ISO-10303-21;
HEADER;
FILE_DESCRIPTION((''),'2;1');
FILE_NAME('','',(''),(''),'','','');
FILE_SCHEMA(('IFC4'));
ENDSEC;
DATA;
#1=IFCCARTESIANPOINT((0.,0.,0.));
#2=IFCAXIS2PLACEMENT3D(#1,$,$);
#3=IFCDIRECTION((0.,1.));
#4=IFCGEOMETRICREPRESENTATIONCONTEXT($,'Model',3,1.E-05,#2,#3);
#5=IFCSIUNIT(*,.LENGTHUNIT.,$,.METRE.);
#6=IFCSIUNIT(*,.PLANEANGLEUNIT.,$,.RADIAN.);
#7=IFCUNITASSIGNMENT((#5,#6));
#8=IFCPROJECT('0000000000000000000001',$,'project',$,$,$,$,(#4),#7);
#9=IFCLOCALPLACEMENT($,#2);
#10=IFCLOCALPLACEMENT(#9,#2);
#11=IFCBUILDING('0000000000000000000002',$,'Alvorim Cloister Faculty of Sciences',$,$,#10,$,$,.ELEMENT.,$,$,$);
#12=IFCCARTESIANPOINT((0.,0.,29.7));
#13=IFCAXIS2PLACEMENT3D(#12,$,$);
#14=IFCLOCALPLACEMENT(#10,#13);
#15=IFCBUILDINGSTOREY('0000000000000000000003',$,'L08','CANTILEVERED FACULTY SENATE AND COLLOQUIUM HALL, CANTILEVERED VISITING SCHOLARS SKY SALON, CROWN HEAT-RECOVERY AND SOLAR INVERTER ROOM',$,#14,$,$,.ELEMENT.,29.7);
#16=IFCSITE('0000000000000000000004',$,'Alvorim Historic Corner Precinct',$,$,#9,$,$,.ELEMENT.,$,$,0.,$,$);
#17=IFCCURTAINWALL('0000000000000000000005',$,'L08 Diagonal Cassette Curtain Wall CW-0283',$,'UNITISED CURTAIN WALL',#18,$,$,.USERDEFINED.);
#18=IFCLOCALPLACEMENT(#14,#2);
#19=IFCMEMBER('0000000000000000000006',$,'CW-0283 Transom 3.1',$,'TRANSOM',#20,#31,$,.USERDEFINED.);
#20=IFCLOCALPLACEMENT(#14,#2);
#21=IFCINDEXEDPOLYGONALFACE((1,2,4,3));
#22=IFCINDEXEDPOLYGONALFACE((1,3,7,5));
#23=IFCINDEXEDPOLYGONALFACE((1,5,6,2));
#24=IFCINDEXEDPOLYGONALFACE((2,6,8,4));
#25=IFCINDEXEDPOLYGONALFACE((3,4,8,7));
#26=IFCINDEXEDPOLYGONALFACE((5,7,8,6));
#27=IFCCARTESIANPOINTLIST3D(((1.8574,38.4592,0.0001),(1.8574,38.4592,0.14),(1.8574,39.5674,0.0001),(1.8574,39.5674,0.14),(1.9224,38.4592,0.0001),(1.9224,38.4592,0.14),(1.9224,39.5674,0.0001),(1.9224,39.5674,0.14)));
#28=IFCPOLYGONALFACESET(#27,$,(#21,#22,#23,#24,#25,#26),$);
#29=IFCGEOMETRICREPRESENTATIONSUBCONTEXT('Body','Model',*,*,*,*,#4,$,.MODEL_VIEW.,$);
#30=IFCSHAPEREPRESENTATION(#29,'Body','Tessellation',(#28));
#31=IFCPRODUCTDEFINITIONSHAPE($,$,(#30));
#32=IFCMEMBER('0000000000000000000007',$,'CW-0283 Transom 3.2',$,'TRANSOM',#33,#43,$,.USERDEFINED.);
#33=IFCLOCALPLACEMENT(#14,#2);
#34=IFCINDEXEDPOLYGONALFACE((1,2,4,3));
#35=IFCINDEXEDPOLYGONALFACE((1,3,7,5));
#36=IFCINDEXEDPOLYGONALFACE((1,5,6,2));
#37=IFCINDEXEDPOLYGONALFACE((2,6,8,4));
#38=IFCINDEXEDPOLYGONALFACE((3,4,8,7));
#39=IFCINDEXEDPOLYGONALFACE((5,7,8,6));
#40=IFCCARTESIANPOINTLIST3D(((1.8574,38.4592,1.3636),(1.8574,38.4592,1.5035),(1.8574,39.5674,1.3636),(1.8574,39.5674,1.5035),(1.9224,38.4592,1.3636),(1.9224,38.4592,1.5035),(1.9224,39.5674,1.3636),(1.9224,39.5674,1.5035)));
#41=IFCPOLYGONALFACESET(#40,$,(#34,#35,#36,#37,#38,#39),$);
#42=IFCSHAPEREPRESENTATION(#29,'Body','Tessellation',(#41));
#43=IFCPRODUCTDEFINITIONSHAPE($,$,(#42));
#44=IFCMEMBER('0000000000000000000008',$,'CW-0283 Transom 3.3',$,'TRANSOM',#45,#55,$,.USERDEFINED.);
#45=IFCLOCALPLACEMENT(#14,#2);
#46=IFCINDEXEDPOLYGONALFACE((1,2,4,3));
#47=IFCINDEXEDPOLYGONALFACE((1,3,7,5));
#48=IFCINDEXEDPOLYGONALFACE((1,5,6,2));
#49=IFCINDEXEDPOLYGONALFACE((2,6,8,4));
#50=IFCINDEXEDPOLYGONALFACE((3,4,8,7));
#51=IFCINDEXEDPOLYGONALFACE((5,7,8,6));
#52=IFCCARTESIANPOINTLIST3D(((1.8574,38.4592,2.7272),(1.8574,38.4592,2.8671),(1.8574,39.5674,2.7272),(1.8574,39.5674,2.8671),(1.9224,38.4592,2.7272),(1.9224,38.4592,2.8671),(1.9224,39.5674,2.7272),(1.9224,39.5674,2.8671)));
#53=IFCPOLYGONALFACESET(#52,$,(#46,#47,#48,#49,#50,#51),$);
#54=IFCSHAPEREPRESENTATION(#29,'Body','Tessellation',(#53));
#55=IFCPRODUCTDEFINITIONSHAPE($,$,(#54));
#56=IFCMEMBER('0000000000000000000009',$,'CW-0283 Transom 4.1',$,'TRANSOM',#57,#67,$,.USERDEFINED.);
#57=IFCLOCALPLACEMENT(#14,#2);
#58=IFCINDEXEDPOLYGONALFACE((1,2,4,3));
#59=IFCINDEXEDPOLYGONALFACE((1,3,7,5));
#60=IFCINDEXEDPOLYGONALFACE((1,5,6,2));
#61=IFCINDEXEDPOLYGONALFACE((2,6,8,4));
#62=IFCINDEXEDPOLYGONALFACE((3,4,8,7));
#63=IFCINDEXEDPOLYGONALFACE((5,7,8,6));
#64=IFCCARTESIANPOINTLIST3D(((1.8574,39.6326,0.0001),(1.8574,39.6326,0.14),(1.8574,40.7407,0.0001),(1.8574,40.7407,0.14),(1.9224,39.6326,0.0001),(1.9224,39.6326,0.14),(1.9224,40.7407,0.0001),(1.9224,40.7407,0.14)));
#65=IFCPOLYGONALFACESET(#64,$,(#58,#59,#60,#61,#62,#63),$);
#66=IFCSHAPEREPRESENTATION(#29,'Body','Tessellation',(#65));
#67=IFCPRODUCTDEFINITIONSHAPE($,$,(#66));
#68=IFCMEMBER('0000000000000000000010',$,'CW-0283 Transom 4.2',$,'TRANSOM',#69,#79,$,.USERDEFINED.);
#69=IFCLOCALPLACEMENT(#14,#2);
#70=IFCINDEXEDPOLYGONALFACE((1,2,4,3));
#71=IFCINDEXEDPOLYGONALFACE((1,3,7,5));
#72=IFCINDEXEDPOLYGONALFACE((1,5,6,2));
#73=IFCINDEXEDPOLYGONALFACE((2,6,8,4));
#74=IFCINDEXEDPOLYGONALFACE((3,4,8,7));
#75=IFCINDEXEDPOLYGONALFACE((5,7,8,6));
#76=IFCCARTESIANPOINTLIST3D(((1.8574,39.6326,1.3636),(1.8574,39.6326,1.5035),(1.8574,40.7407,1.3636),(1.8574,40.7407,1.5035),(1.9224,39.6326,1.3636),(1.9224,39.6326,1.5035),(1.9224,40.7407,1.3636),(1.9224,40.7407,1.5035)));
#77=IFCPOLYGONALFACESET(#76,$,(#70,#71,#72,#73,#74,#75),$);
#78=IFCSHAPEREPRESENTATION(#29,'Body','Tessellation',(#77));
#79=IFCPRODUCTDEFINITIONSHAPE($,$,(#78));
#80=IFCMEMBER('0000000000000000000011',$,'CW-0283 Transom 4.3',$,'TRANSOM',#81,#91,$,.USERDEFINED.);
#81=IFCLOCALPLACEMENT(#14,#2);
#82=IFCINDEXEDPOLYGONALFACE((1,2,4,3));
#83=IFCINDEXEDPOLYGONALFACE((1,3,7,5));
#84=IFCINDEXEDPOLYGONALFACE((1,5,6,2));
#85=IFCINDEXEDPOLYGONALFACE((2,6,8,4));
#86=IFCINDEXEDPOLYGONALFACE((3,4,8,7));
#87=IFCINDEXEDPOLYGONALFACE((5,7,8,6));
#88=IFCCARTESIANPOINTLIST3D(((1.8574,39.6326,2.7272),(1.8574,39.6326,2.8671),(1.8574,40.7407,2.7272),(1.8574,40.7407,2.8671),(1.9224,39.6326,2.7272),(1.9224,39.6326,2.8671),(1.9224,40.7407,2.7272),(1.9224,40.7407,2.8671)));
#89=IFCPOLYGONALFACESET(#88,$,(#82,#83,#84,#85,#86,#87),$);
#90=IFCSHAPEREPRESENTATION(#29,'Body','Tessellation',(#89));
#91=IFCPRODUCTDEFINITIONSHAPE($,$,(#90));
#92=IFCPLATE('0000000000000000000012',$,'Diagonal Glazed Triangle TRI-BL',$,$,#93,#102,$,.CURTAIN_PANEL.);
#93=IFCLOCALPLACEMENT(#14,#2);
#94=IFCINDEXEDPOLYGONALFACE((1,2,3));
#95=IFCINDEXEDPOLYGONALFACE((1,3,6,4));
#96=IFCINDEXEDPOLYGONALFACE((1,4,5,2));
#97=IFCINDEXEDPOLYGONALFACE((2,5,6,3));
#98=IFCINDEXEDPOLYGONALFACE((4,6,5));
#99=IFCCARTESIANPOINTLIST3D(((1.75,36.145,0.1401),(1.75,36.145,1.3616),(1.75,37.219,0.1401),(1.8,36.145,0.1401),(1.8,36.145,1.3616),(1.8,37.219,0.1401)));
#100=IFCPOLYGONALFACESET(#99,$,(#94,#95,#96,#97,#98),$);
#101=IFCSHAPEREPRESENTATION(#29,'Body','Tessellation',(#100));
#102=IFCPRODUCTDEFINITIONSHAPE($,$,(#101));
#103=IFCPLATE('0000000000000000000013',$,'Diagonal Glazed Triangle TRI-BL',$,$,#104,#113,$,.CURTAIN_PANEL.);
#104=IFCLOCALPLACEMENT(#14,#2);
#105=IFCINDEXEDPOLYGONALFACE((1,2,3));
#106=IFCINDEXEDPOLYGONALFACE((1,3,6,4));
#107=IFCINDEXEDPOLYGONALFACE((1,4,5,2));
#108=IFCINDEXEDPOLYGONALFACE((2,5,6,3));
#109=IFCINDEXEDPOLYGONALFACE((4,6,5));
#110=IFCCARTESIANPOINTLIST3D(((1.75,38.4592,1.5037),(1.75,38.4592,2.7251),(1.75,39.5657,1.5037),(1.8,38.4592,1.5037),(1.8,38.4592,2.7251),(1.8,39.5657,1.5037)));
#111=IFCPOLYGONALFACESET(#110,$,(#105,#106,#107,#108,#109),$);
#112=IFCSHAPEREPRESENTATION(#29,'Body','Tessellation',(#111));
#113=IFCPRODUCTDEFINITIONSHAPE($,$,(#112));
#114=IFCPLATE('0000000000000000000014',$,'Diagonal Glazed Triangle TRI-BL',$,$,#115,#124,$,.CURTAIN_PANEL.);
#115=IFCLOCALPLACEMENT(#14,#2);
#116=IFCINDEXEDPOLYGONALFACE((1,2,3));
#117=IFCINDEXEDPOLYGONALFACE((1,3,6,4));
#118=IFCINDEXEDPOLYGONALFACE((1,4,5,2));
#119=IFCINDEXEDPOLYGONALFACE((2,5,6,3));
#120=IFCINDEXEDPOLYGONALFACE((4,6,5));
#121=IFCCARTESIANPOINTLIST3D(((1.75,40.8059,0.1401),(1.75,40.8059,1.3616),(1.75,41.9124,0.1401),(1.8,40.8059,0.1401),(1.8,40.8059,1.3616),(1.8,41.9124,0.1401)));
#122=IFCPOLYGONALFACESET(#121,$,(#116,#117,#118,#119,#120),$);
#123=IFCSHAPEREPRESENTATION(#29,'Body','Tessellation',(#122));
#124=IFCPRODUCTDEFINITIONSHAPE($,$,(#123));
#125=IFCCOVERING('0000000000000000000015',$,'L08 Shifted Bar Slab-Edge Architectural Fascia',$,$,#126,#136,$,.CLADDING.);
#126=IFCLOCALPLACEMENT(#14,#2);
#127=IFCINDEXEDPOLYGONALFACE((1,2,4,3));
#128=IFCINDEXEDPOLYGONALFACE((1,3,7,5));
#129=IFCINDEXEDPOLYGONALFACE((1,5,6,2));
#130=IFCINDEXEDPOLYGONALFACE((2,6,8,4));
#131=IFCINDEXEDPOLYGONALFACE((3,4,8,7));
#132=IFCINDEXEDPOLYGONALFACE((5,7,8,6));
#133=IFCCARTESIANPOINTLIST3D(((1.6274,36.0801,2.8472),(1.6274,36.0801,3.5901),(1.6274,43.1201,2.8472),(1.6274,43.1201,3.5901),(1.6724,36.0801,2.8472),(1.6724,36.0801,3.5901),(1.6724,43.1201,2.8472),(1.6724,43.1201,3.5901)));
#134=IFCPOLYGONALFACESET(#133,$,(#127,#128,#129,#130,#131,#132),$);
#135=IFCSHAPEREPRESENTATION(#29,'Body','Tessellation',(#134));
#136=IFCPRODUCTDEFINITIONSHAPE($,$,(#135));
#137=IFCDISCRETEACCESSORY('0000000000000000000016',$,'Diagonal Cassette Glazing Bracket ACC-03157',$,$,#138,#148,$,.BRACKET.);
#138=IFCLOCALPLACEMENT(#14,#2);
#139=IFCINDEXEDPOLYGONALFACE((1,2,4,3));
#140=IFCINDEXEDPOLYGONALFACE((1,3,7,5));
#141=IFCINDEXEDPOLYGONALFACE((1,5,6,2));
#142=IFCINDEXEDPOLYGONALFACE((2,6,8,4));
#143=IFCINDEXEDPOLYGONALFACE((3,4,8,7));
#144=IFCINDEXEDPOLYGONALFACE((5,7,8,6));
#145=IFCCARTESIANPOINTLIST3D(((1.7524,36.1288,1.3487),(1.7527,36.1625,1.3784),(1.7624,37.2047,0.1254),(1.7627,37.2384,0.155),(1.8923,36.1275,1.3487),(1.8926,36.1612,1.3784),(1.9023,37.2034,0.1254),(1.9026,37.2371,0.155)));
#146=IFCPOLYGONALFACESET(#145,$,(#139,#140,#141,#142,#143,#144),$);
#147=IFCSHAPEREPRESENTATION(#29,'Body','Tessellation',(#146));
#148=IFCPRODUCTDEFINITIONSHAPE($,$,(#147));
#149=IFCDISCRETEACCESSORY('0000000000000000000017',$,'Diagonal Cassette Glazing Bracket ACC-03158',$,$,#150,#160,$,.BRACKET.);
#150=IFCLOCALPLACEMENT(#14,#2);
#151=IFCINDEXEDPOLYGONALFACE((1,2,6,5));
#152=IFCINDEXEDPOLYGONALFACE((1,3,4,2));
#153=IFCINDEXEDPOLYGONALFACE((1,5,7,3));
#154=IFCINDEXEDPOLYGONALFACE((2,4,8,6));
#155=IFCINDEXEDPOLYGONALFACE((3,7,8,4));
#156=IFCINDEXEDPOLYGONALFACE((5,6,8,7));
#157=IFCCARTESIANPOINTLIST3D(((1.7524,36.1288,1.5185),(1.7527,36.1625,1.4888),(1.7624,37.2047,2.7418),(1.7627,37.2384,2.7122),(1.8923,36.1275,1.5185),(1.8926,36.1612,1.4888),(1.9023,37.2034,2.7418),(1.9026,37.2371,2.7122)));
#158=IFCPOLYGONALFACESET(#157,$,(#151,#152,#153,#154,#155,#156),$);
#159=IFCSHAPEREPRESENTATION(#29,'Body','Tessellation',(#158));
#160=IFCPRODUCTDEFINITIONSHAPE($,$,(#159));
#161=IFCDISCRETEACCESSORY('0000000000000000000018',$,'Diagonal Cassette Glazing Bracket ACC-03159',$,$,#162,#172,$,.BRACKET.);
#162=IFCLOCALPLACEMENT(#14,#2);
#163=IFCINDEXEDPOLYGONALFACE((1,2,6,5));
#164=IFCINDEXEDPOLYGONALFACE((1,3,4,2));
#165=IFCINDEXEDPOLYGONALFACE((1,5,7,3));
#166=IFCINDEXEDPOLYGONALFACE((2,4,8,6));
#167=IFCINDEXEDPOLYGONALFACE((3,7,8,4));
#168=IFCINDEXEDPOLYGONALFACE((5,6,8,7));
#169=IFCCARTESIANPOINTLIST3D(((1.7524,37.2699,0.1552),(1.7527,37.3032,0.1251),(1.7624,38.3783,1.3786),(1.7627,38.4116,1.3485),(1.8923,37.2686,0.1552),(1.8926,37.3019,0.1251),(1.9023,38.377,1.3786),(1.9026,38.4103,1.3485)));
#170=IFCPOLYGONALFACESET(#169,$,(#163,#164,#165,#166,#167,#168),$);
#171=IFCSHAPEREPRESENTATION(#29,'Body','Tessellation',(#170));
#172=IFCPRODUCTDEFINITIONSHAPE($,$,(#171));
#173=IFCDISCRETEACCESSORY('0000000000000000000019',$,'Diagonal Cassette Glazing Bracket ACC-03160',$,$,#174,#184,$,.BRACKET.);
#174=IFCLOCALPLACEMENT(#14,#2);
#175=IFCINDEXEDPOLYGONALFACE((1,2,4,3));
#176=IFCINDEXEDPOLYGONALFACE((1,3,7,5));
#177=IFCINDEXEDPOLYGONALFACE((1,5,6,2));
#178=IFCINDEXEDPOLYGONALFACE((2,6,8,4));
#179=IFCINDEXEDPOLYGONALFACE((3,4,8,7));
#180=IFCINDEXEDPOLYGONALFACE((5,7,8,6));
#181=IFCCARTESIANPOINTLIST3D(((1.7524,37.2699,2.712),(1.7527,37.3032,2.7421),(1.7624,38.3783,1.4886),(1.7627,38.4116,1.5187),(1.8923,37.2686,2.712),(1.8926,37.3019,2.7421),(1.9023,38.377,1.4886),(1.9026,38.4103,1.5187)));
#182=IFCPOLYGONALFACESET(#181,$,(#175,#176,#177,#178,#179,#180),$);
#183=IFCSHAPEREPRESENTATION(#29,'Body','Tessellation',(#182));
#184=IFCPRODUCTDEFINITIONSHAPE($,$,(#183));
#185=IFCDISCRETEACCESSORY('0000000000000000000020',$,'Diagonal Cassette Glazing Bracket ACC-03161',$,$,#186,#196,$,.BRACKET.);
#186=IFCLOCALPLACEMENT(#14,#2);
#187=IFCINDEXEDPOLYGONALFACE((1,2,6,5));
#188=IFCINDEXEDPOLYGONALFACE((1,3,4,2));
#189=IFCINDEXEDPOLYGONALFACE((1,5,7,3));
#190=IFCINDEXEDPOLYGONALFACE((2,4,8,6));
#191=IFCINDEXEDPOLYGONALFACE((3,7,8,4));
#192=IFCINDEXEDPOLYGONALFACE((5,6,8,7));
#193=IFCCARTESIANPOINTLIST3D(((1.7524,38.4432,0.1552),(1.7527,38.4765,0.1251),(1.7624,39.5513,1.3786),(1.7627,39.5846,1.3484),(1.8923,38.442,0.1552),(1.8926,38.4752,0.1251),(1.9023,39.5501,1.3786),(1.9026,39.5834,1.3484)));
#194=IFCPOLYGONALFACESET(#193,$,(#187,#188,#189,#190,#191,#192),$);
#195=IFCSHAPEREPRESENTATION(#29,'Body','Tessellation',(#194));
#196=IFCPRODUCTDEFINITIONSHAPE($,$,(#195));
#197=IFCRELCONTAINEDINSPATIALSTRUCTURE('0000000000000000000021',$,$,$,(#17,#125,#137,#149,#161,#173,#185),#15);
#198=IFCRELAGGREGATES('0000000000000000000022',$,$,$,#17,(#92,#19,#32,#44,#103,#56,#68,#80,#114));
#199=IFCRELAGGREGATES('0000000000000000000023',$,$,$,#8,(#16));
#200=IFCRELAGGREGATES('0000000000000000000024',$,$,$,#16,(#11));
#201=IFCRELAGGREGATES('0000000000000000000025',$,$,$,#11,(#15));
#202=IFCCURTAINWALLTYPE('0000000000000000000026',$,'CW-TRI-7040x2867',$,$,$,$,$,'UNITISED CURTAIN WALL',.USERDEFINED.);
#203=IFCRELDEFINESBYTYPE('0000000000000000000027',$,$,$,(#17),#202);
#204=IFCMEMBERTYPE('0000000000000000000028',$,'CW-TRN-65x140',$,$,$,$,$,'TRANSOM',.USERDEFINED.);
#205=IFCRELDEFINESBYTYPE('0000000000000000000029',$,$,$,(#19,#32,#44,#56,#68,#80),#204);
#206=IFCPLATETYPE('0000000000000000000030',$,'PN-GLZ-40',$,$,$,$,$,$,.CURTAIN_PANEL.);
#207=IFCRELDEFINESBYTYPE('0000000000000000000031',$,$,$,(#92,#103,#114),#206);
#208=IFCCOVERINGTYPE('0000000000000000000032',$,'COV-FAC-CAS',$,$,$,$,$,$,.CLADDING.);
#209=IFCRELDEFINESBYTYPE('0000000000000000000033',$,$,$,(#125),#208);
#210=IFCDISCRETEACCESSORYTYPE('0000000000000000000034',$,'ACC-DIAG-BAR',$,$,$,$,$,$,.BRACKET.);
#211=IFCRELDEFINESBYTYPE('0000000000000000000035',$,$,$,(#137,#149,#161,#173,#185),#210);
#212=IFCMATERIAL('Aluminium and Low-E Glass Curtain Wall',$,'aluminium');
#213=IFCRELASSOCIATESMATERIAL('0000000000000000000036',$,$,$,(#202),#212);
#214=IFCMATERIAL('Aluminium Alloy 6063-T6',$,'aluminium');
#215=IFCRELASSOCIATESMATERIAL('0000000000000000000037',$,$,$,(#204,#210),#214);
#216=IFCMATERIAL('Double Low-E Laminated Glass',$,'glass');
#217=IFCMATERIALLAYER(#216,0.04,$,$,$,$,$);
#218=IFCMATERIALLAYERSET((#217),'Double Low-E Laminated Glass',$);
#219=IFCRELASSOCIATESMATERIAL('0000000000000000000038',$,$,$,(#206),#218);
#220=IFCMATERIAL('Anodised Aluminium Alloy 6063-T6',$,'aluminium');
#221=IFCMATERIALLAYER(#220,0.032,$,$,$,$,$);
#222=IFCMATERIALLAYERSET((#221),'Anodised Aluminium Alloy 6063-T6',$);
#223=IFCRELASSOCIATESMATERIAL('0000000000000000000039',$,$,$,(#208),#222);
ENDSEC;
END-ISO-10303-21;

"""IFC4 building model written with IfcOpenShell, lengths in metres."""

from ifc_helpers import new_model, si_unit, direction, frame, origin, origin_2d, place, context, subcontext, project, spatial, polyline, rectangle, outline, extrude, material, layer, layer_set, material_profile, profile_set, type_object, element, aggregate, save


model = new_model("IFC4")

# Units and contexts
model_context = context("Model", 3, precision=1e-05, world=origin(), true_north=direction((0.0, 1.0)))
body_context = subcontext(model_context, "Body", "Model", "MODEL_VIEW")
ifc_project = project(units=[si_unit("LENGTHUNIT", "METRE"), si_unit("PLANEANGLEUNIT", "RADIAN")], contexts=[model_context])

# Site, building, storey
site_placement = place(None, origin())
site = spatial("IfcSite", under=ifc_project, at=site_placement, Name="Alvorim Historic Corner Precinct", CompositionType="ELEMENT", RefElevation=0.0)
building_placement = place(site_placement, origin())
building = spatial("IfcBuilding", under=site, at=building_placement, Name="Alvorim Cloister Faculty of Sciences", CompositionType="ELEMENT")
storey_placement = place(building_placement, frame((0.0, 0.0, 29.7)))
storey = spatial("IfcBuildingStorey", under=building, at=storey_placement, Name="L08", Description="CANTILEVERED FACULTY SENATE AND COLLOQUIUM HALL, CANTILEVERED VISITING SCHOLARS SKY SALON, CROWN HEAT-RECOVERY AND SOLAR INVERTER ROOM", CompositionType="ELEMENT", Elevation=29.7)

# Curtain wall, members, plates
ifc_material_1 = material(Name="Aluminium and Low-E Glass Curtain Wall", Category="aluminium")
curtain_wall_type = type_object("IfcCurtainWallType", Name="CW-TRI-7040x2867", ElementType="UNITISED CURTAIN WALL", PredefinedType="USERDEFINED", material=ifc_material_1)
curtain_wall_placement = place(storey_placement, origin())
curtain_wall = element("IfcCurtainWall", 1, at=curtain_wall_placement, inside=storey, type_object=curtain_wall_type, Name="L08 Diagonal Cassette Curtain Wall CW-0283", ObjectType="UNITISED CURTAIN WALL", PredefinedType="USERDEFINED")
ifc_material_2 = material(Name="Aluminium Alloy 6063-T6", Category="aluminium")
ifc_material_profile_1 = material_profile(ifc_material_2, rectangle(XDim=0.0649, YDim=0.1399, at=origin_2d()), Name="ALU-TRN-65x140")
ifc_profile_set_1 = profile_set([ifc_material_profile_1], Name="Aluminium Alloy 6063-T6")
member_type_1 = type_object("IfcMemberType", Name="CW-TRN-65x140", ElementType="TRANSOM", PredefinedType="USERDEFINED", material=ifc_profile_set_1)
member_1_placement = place(storey_placement, frame((1.8899, 38.4592, 0.0701), z_axis=(0.0, 1.0, 0.0), x_axis=(-1.0, 0.0, 0.0)))
member_1 = element("IfcMember", 2, at=member_1_placement, type_object=member_type_1, Name="CW-0283 Transom 3.1", ObjectType="TRANSOM", PredefinedType="USERDEFINED", context=body_context, shape_type="SweptSolid", body=[
    extrude(rectangle(XDim=0.0649, YDim=0.1399, at=origin_2d()), origin(), (0.0, 0.0, 1.0), 1.1082),
])
member_2_placement = place(storey_placement, frame((1.8899, 38.4592, 1.4336), z_axis=(0.0, 1.0, 0.0), x_axis=(-1.0, 0.0, 0.0)))
member_2 = element("IfcMember", 3, at=member_2_placement, type_object=member_type_1, Name="CW-0283 Transom 3.2", ObjectType="TRANSOM", PredefinedType="USERDEFINED", context=body_context, shape_type="SweptSolid", body=[
    extrude(rectangle(XDim=0.0649, YDim=0.1399, at=origin_2d()), origin(), (0.0, 0.0, 1.0), 1.1082),
])
member_3_placement = place(storey_placement, frame((1.8899, 38.4592, 2.7971), z_axis=(0.0, 1.0, 0.0), x_axis=(-1.0, 0.0, 0.0)))
member_3 = element("IfcMember", 4, at=member_3_placement, type_object=member_type_1, Name="CW-0283 Transom 3.3", ObjectType="TRANSOM", PredefinedType="USERDEFINED", context=body_context, shape_type="SweptSolid", body=[
    extrude(rectangle(XDim=0.0649, YDim=0.1399, at=origin_2d()), origin(), (0.0, 0.0, 1.0), 1.1082),
])
member_4_placement = place(storey_placement, frame((1.8899, 39.6326, 0.0701), z_axis=(0.0, 1.0, 0.0), x_axis=(-1.0, 0.0, 0.0)))
member_4 = element("IfcMember", 5, at=member_4_placement, type_object=member_type_1, Name="CW-0283 Transom 4.1", ObjectType="TRANSOM", PredefinedType="USERDEFINED", context=body_context, shape_type="SweptSolid", body=[
    extrude(rectangle(XDim=0.0649, YDim=0.1399, at=origin_2d()), origin(), (0.0, 0.0, 1.0), 1.1082),
])
member_5_placement = place(storey_placement, frame((1.8899, 39.6326, 1.4336), z_axis=(0.0, 1.0, 0.0), x_axis=(-1.0, 0.0, 0.0)))
member_5 = element("IfcMember", 6, at=member_5_placement, type_object=member_type_1, Name="CW-0283 Transom 4.2", ObjectType="TRANSOM", PredefinedType="USERDEFINED", context=body_context, shape_type="SweptSolid", body=[
    extrude(rectangle(XDim=0.0649, YDim=0.1399, at=origin_2d()), origin(), (0.0, 0.0, 1.0), 1.1082),
])
member_6_placement = place(storey_placement, frame((1.8899, 39.6326, 2.7971), z_axis=(0.0, 1.0, 0.0), x_axis=(-1.0, 0.0, 0.0)))
member_6 = element("IfcMember", 7, at=member_6_placement, type_object=member_type_1, Name="CW-0283 Transom 4.3", ObjectType="TRANSOM", PredefinedType="USERDEFINED", context=body_context, shape_type="SweptSolid", body=[
    extrude(rectangle(XDim=0.0649, YDim=0.1399, at=origin_2d()), origin(), (0.0, 0.0, 1.0), 1.1082),
])
ifc_material_3 = material(Name="Double Low-E Laminated Glass", Category="glass")
ifc_layer_1 = layer(ifc_material_3, 0.04)
ifc_layer_set_1 = layer_set([ifc_layer_1], Name="Double Low-E Laminated Glass")
plate_type = type_object("IfcPlateType", Name="PN-GLZ-40", PredefinedType="CURTAIN_PANEL", material=ifc_layer_set_1)
plate_1_placement = place(storey_placement, frame((1.7749, 36.145, 0.1401), z_axis=(0.0, 0.0, 1.0), x_axis=(0.0, 1.0, 0.0)))
plate_1 = element("IfcPlate", 8, at=plate_1_placement, type_object=plate_type, Name="Diagonal Glazed Triangle TRI-BL", PredefinedType="CURTAIN_PANEL", context=body_context, shape_type="SweptSolid", body=[
    extrude(outline(polyline([(0.0, 0.0), (1.074, 0.0), (0.0, 1.2214), (0.0, 0.0)])), frame((0.0, 0.0249, 0.0), z_axis=(0.0, -1.0, 0.0), x_axis=(1.0, 0.0, 0.0)), (0.0, 0.0, 1.0), 0.05),
])
plate_2_placement = place(storey_placement, frame((1.7749, 38.4592, 1.5037), z_axis=(0.0, 0.0, 1.0), x_axis=(0.0, 1.0, 0.0)))
plate_2 = element("IfcPlate", 9, at=plate_2_placement, type_object=plate_type, Name="Diagonal Glazed Triangle TRI-BL", PredefinedType="CURTAIN_PANEL", context=body_context, shape_type="SweptSolid", body=[
    extrude(outline(polyline([(0.0, 0.0), (1.1064, 0.0), (0.0, 1.2214), (0.0, 0.0)])), frame((0.0, 0.0249, 0.0), z_axis=(0.0, -1.0, 0.0), x_axis=(1.0, 0.0, 0.0)), (0.0, 0.0, 1.0), 0.05),
])
plate_3_placement = place(storey_placement, frame((1.7749, 40.8059, 0.1401), z_axis=(0.0, 0.0, 1.0), x_axis=(0.0, 1.0, 0.0)))
plate_3 = element("IfcPlate", 10, at=plate_3_placement, type_object=plate_type, Name="Diagonal Glazed Triangle TRI-BL", PredefinedType="CURTAIN_PANEL", context=body_context, shape_type="SweptSolid", body=[
    extrude(outline(polyline([(0.0, 0.0), (1.1064, 0.0), (0.0, 1.2214), (0.0, 0.0)])), frame((0.0, 0.0249, 0.0), z_axis=(0.0, -1.0, 0.0), x_axis=(1.0, 0.0, 0.0)), (0.0, 0.0, 1.0), 0.05),
])
aggregate(curtain_wall, [plate_1, member_1, member_2, member_3, plate_2, member_4, member_5, member_6, plate_3])

# Covering
ifc_material_4 = material(Name="Anodised Aluminium Alloy 6063-T6", Category="aluminium")
ifc_layer_2 = layer(ifc_material_4, 0.032)
ifc_layer_set_2 = layer_set([ifc_layer_2], Name="Anodised Aluminium Alloy 6063-T6")
covering_type = type_object("IfcCoveringType", Name="COV-FAC-CAS", PredefinedType="CLADDING", material=ifc_layer_set_2)
covering_placement = place(storey_placement, frame((1.6499, 36.0801, 2.8472), z_axis=(0.0, 0.0, 1.0), x_axis=(0.0, 1.0, 0.0)))
element("IfcCovering", 11, at=covering_placement, inside=storey, type_object=covering_type, Name="L08 Shifted Bar Slab-Edge Architectural Fascia", PredefinedType="CLADDING", context=body_context, shape_type="SweptSolid", body=[
    extrude(outline(polyline([(0.0, 0.0), (7.04, 0.0), (7.04, 0.7429), (0.0, 0.7429), (0.0, 0.0)])), frame((0.0, 0.0225, 0.0), z_axis=(0.0, -1.0, 0.0), x_axis=(1.0, 0.0, 0.0)), (0.0, 0.0, 1.0), 0.0449),
])

# Discrete accessories
discrete_accessory_type = type_object("IfcDiscreteAccessoryType", Name="ACC-DIAG-BAR", PredefinedType="BRACKET", material=ifc_material_2)
for number, where, z_axis, x_axis, name in (
    (12, (1.8225, 36.145, 1.3635), (0.006144, 0.660389, -0.750898), (-0.999957, 0.009303, 0.0), "Diagonal Cassette Glazing Bracket ACC-03157"),
    (13, (1.8225, 36.145, 1.5037), (0.006144, 0.660389, 0.750898), (-0.999957, 0.009303, 0.0), "Diagonal Cassette Glazing Bracket ACC-03158"),
):
    element("IfcDiscreteAccessory", number, at=place(storey_placement, frame(where, z_axis=z_axis, x_axis=x_axis)), inside=storey, type_object=discrete_accessory_type, Name=name, PredefinedType="BRACKET", context=body_context, shape_type="SweptSolid", body=[
        extrude(rectangle(XDim=0.1399, YDim=0.0449, at=origin_2d()), origin(), (0.0, 0.0, 1.0), 1.6292),
    ])
for number, where, z_axis, x_axis, name in (
    (14, (1.8225, 37.2859, 0.1401), (0.006063, 0.671408, 0.741063), (-0.999959, 0.00903, 0.0), "Diagonal Cassette Glazing Bracket ACC-03159"),
    (15, (1.8225, 37.2859, 2.7271), (0.006063, 0.671408, -0.741063), (-0.999959, 0.00903, 0.0), "Diagonal Cassette Glazing Bracket ACC-03160"),
):
    element("IfcDiscreteAccessory", number, at=place(storey_placement, frame(where, z_axis=z_axis, x_axis=x_axis)), inside=storey, type_object=discrete_accessory_type, Name=name, PredefinedType="BRACKET", context=body_context, shape_type="SweptSolid", body=[
        extrude(rectangle(XDim=0.1399, YDim=0.0449, at=origin_2d()), origin(), (0.0, 0.0, 1.0), 1.6509),
    ])
for number, where, z_axis, x_axis, name in (
    (16, (1.8225, 38.4592, 0.1401), (0.006064, 0.671327, 0.741137), (-0.999959, 0.009032, 0.0), "Diagonal Cassette Glazing Bracket ACC-03161"),
):
    element("IfcDiscreteAccessory", number, at=place(storey_placement, frame(where, z_axis=z_axis, x_axis=x_axis)), inside=storey, type_object=discrete_accessory_type, Name=name, PredefinedType="BRACKET", context=body_context, shape_type="SweptSolid", body=[
        extrude(rectangle(XDim=0.1399, YDim=0.0449, at=origin_2d()), origin(), (0.0, 0.0, 1.0), 1.6506),
    ])

save(model, "model.ifc")
